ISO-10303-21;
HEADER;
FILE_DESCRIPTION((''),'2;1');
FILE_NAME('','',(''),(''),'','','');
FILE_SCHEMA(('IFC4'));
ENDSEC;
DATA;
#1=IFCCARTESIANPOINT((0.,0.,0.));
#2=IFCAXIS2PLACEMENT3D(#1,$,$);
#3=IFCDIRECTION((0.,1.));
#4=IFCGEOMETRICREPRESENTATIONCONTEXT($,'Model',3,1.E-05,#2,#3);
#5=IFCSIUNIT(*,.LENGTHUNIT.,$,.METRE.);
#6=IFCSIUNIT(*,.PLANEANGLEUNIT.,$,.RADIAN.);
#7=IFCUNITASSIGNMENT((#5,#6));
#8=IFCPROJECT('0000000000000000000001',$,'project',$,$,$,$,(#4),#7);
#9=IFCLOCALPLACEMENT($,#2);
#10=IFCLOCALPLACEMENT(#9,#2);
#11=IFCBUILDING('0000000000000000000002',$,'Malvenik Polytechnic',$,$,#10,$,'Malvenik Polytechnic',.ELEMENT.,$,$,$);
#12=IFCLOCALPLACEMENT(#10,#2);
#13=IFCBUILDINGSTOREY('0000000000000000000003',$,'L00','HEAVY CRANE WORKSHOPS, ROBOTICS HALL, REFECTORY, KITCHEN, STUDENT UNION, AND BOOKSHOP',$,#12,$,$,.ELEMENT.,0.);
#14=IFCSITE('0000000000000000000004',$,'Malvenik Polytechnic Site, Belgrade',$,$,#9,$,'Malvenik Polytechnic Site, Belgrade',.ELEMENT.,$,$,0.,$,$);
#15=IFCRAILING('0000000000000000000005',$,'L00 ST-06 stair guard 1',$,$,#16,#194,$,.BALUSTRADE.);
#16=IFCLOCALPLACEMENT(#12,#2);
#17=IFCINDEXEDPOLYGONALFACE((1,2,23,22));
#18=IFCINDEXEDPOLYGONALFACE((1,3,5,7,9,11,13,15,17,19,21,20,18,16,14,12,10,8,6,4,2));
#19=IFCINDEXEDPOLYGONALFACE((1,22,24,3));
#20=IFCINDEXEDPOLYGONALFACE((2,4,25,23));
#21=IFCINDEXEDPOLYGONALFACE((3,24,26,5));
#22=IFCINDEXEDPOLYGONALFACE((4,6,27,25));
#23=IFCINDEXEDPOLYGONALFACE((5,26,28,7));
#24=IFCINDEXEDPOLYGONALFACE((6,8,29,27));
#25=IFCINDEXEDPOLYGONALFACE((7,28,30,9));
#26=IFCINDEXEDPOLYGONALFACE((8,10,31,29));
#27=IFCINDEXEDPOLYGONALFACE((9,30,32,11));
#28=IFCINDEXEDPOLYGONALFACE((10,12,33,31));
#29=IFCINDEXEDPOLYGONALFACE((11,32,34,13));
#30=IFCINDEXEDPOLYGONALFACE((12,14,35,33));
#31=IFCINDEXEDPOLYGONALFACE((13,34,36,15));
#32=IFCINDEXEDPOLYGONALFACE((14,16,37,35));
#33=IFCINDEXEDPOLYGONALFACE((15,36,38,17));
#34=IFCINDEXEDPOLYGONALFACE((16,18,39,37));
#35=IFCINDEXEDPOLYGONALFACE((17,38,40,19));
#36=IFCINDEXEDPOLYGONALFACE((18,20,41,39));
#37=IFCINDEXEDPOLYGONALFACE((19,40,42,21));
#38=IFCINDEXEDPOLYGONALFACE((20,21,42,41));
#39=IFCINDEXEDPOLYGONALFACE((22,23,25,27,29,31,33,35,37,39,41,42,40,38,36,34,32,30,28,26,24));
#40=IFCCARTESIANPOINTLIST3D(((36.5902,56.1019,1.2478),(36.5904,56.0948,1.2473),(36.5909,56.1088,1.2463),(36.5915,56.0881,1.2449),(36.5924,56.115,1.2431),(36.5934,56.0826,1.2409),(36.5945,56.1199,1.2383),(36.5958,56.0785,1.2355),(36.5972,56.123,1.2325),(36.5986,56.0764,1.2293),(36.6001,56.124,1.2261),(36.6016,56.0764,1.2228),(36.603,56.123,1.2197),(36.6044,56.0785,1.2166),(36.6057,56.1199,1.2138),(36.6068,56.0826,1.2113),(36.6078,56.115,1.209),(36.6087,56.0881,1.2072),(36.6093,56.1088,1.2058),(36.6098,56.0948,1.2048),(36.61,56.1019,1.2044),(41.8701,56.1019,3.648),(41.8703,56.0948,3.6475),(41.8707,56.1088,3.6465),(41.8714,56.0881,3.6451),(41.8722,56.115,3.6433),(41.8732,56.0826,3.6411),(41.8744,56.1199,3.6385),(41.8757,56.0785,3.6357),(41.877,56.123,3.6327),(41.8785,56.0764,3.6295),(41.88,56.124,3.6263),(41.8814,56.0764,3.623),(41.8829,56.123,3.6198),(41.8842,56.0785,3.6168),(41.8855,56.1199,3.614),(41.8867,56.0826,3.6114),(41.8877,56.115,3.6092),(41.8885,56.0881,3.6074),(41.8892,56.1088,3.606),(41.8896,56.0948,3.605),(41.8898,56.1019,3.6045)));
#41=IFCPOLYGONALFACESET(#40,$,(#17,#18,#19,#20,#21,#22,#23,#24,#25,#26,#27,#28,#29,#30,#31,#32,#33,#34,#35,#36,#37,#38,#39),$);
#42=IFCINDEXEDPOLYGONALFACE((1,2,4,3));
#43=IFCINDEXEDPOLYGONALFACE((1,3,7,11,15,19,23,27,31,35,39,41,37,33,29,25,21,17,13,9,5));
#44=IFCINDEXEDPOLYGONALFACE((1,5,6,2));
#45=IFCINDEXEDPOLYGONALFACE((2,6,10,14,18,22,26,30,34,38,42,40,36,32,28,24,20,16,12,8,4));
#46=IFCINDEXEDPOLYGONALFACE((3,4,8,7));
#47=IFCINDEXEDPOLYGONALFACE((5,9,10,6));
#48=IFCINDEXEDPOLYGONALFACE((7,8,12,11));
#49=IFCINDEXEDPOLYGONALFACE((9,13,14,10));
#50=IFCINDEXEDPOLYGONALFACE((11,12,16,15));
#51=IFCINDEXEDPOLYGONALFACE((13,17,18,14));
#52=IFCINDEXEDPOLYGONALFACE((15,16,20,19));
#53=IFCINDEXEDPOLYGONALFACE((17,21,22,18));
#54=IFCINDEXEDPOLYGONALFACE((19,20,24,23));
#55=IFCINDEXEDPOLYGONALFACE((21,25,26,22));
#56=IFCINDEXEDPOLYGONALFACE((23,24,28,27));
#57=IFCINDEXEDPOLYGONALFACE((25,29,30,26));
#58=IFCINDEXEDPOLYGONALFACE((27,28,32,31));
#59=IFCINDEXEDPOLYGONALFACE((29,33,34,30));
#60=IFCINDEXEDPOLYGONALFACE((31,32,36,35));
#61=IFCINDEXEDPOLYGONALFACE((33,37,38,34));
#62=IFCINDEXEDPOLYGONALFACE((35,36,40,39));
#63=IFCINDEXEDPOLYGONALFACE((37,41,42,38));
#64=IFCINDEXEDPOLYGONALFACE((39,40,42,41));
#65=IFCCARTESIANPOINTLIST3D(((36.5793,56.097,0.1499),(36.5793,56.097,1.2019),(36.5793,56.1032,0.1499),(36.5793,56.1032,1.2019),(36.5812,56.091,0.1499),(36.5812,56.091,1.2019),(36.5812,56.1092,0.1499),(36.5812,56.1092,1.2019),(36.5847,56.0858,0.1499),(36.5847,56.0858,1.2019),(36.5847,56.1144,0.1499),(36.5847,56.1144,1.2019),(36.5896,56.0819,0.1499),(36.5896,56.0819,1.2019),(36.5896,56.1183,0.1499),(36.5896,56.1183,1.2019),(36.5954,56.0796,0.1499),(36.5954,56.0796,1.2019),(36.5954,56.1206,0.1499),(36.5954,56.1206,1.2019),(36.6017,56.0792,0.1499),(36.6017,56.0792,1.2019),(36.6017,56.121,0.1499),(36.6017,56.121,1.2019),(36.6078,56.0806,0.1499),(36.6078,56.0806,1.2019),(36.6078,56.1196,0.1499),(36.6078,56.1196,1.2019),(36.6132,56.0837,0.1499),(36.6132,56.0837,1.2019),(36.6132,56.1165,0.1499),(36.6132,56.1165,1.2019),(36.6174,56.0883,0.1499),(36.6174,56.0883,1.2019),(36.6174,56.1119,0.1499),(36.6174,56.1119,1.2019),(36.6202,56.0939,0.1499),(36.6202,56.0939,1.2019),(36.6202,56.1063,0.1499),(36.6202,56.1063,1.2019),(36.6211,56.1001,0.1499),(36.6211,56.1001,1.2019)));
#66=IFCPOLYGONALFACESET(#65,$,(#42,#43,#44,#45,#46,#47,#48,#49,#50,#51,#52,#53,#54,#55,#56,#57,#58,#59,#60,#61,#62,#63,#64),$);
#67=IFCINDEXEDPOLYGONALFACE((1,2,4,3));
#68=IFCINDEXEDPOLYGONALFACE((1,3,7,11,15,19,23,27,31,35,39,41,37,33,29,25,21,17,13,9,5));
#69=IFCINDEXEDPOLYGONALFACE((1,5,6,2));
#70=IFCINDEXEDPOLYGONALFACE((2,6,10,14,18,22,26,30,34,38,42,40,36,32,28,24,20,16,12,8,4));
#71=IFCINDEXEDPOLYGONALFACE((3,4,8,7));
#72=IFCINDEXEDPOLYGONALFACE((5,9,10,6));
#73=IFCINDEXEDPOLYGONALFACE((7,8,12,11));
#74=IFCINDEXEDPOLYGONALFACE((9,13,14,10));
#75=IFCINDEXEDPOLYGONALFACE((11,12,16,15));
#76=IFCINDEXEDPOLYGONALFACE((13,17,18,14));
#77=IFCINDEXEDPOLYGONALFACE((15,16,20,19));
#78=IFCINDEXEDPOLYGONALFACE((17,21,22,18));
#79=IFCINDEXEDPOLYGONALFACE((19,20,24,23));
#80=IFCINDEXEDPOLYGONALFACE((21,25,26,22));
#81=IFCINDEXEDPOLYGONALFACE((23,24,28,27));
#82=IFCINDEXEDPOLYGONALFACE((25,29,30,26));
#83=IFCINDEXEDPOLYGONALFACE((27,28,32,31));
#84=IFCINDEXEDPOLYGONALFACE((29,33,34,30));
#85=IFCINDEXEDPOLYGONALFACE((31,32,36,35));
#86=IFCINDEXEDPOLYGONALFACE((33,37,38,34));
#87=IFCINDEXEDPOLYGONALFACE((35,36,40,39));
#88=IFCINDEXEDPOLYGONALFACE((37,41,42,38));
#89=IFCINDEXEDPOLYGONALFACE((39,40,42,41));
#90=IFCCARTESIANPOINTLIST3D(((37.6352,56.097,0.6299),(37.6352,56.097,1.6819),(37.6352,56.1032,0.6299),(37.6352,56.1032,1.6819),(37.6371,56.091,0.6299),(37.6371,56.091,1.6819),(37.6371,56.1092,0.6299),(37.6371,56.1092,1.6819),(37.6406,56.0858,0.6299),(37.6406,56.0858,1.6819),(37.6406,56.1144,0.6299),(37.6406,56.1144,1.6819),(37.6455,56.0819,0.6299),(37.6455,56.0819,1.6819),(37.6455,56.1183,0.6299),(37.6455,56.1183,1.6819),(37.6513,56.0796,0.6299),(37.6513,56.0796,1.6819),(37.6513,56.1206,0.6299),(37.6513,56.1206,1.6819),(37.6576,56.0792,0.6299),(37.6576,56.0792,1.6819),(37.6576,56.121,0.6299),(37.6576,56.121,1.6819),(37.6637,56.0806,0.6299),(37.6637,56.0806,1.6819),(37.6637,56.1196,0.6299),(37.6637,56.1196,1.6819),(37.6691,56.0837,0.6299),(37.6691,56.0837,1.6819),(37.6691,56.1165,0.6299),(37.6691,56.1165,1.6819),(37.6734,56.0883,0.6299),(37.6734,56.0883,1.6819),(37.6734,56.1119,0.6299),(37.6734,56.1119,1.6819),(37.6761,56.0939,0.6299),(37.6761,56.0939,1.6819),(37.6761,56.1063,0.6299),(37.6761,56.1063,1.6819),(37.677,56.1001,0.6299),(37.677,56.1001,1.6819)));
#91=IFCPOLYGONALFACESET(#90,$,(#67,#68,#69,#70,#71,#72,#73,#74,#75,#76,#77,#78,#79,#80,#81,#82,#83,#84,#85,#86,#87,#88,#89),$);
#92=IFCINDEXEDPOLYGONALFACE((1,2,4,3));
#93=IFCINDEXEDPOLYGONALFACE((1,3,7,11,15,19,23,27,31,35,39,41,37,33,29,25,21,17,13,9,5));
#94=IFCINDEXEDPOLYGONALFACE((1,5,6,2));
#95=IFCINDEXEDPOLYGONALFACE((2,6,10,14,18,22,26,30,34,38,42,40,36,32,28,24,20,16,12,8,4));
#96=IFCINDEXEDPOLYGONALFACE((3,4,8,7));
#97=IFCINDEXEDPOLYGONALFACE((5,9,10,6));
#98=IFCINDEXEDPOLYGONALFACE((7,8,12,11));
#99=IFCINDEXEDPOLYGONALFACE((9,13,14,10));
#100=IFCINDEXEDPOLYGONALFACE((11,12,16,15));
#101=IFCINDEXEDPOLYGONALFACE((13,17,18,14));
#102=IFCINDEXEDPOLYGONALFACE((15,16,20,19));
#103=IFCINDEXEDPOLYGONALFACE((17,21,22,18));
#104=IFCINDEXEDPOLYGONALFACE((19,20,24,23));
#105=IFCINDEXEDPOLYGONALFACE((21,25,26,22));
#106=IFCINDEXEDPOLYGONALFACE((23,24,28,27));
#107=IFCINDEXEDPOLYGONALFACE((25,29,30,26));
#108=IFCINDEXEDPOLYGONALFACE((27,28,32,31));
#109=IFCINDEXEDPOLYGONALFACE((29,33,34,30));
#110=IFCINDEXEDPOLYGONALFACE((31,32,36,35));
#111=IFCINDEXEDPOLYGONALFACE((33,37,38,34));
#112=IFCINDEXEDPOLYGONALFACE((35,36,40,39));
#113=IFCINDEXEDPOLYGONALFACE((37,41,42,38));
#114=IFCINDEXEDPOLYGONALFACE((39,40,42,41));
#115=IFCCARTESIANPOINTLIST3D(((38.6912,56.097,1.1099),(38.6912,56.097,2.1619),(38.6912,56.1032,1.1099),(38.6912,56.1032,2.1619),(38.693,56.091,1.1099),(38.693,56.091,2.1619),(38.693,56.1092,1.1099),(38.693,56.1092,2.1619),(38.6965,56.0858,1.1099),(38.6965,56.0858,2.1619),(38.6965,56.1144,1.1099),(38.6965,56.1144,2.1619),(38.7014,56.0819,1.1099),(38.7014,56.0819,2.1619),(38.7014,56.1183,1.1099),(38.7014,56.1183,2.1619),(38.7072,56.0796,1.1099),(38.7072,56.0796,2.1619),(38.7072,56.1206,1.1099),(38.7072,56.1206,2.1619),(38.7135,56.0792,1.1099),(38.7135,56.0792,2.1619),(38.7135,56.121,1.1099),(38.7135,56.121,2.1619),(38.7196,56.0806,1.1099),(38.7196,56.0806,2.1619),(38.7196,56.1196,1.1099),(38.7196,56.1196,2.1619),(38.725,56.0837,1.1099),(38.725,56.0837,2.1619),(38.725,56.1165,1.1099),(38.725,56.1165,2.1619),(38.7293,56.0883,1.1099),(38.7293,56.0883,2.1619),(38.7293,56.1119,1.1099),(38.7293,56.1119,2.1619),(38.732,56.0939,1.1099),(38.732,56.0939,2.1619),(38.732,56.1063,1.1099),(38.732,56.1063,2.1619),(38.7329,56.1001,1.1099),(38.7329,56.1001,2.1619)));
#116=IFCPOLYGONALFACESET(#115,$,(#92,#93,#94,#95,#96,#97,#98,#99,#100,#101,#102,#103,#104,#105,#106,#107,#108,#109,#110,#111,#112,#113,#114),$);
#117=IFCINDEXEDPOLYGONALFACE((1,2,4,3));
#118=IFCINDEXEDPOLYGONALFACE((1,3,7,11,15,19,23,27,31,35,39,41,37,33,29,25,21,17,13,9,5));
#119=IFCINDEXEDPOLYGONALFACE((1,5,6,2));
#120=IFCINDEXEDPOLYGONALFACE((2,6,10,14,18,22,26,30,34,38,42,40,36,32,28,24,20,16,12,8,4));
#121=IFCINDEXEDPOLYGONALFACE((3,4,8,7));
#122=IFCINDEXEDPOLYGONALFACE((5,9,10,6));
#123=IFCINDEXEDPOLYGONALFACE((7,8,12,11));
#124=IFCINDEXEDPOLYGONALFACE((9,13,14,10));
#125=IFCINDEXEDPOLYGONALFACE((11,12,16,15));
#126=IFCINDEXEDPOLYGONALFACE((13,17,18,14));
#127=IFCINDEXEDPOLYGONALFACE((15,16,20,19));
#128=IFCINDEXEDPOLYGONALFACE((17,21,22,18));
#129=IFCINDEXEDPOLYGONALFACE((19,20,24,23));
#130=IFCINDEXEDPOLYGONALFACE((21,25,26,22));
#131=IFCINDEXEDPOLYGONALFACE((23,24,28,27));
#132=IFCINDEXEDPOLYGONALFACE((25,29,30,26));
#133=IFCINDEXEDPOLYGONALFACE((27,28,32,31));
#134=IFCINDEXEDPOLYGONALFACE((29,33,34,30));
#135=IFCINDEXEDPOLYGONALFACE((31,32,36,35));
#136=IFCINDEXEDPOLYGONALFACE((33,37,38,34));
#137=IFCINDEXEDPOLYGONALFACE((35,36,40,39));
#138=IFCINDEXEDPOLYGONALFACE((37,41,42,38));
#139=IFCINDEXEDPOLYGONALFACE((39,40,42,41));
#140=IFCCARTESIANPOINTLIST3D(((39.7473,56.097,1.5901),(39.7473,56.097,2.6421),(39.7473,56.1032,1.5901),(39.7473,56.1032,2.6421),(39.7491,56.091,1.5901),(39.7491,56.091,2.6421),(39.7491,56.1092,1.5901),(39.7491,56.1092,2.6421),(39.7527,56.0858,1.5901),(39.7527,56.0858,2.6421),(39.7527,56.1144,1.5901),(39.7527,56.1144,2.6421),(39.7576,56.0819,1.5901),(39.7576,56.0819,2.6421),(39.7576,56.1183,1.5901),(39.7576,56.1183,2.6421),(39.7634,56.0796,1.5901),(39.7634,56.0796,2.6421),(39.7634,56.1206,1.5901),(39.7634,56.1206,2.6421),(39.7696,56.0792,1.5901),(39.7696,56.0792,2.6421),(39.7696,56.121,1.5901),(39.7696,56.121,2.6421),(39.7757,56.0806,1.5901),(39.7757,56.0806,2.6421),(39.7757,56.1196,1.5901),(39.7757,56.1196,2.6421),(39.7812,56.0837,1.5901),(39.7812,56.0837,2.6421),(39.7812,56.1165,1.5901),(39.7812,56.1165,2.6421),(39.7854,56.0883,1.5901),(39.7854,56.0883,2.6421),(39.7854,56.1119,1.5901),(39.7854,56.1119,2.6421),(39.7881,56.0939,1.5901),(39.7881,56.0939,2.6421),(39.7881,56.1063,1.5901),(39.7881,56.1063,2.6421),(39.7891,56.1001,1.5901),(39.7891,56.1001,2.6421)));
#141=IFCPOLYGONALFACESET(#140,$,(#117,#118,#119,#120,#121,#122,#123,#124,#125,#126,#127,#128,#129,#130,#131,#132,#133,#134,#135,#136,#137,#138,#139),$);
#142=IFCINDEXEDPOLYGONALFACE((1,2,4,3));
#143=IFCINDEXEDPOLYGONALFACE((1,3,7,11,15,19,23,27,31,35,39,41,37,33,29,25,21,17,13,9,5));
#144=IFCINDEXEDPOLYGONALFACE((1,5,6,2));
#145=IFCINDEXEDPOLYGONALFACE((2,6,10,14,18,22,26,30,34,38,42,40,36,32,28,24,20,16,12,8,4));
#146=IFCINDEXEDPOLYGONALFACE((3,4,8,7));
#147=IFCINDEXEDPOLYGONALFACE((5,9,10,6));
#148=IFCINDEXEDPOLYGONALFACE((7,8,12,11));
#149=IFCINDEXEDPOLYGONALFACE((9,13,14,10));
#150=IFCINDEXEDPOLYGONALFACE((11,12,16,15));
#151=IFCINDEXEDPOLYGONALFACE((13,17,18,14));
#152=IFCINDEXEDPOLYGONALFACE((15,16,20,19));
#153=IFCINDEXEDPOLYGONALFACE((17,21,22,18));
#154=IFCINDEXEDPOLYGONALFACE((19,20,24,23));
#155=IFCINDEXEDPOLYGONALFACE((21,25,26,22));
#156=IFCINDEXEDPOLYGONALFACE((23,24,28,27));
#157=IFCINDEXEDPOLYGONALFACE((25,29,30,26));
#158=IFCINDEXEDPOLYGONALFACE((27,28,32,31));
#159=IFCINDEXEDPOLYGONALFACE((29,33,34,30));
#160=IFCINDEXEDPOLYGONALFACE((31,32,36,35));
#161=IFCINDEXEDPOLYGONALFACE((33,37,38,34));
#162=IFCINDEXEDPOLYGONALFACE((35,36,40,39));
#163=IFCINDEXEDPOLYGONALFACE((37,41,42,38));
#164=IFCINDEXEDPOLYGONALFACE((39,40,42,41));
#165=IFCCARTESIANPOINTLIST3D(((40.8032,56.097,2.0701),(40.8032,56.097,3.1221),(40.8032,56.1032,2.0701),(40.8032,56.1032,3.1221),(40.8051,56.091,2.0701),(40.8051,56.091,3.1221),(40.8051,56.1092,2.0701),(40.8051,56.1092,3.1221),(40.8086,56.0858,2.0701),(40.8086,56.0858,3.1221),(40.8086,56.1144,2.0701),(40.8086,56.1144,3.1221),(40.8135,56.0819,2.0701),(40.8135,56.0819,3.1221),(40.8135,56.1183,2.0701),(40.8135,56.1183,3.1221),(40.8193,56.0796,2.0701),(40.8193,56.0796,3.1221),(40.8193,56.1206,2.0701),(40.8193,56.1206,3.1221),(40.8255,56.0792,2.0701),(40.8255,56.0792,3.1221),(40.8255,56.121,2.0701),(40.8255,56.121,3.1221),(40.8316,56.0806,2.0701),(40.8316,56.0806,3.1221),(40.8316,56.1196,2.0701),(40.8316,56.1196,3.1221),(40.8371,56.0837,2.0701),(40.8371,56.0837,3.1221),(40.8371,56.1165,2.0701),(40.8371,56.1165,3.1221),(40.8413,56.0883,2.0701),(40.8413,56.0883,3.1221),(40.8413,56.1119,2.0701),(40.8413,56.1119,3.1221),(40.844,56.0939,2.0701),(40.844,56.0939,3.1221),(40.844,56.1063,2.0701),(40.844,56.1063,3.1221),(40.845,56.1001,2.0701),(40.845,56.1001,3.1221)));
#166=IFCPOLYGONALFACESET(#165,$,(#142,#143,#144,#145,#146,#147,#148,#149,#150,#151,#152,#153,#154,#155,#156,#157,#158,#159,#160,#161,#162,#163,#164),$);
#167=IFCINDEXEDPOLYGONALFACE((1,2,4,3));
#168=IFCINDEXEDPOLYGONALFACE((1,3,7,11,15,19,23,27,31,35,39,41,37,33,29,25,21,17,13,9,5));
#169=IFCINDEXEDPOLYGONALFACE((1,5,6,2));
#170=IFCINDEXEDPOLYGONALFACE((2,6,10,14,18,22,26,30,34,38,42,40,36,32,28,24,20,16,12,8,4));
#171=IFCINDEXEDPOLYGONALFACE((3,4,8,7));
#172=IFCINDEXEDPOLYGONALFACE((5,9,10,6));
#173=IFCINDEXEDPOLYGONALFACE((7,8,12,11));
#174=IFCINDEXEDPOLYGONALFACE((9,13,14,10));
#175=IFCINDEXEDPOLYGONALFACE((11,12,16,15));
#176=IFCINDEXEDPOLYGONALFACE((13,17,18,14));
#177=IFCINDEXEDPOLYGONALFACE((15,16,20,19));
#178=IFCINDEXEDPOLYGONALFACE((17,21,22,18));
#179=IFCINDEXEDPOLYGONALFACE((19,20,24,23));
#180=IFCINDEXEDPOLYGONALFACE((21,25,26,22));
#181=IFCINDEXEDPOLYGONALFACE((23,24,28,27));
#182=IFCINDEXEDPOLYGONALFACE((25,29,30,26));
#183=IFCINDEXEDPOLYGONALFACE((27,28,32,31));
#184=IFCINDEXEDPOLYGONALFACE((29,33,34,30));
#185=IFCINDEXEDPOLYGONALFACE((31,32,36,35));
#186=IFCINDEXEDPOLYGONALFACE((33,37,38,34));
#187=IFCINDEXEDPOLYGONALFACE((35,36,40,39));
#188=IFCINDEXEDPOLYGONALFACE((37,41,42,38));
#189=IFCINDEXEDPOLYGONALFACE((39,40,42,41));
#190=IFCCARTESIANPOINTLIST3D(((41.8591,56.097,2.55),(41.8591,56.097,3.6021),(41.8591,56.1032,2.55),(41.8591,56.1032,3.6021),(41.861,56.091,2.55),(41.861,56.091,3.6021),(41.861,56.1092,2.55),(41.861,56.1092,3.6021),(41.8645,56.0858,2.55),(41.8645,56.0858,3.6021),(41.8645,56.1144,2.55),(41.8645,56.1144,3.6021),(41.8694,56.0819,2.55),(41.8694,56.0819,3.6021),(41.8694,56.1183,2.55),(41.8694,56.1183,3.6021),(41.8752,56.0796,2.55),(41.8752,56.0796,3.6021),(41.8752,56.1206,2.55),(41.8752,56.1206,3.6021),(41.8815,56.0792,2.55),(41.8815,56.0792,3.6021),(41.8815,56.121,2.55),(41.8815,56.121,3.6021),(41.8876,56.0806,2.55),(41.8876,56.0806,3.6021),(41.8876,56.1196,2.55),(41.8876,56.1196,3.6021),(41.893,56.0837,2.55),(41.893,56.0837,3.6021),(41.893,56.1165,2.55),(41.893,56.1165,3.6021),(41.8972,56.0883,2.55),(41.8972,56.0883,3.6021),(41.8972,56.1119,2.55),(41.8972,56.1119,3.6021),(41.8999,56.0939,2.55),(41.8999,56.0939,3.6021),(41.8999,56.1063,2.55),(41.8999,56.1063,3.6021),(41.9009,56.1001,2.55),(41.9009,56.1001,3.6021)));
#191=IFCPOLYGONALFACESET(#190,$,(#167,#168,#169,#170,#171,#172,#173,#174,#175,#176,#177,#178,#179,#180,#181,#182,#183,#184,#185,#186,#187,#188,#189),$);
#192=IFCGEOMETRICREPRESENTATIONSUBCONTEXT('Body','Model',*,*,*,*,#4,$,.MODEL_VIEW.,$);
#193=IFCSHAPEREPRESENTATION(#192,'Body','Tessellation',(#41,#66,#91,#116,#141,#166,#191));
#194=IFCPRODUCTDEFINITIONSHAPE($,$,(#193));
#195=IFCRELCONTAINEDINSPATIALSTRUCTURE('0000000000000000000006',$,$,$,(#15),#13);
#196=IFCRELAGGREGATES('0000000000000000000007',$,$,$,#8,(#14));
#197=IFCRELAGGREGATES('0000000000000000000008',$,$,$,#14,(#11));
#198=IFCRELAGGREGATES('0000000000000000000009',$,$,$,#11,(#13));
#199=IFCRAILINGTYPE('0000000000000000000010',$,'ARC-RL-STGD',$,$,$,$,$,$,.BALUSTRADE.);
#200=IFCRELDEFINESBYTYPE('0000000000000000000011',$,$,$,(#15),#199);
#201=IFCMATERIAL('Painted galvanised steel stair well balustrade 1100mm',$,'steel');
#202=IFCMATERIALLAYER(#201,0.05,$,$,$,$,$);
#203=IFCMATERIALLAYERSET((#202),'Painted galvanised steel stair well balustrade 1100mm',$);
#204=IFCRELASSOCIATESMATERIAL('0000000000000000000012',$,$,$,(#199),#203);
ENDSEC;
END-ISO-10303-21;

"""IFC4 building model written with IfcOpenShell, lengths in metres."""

from ifc_helpers import new_model, si_unit, direction, frame, origin, origin_2d, place, context, subcontext, project, spatial, circle, extrude, material, layer, layer_set, type_object, element, save


model = new_model("IFC4")

# Units and contexts
model_context = context("Model", 3, precision=1e-05, world=origin(), true_north=direction((0.0, 1.0)))
body_context = subcontext(model_context, "Body", "Model", "MODEL_VIEW")
ifc_project = project(units=[si_unit("LENGTHUNIT", "METRE"), si_unit("PLANEANGLEUNIT", "RADIAN")], contexts=[model_context])

# Site, building, storey
site_placement = place(None, origin())
site = spatial("IfcSite", under=ifc_project, at=site_placement, Name="Malvenik Polytechnic Site, Belgrade", LongName="Malvenik Polytechnic Site, Belgrade", CompositionType="ELEMENT", RefElevation=0.0)
building_placement = place(site_placement, origin())
building = spatial("IfcBuilding", under=site, at=building_placement, Name="Malvenik Polytechnic", LongName="Malvenik Polytechnic", CompositionType="ELEMENT")
storey_placement = place(building_placement, origin())
storey = spatial("IfcBuildingStorey", under=building, at=storey_placement, Name="L00", Description="HEAVY CRANE WORKSHOPS, ROBOTICS HALL, REFECTORY, KITCHEN, STUDENT UNION, AND BOOKSHOP", CompositionType="ELEMENT", Elevation=0.0)

# Railing
ifc_material_1 = material(Name="Painted galvanised steel stair well balustrade 1100mm", Category="steel")
ifc_layer_1 = layer(ifc_material_1, 0.05)
ifc_layer_set_1 = layer_set([ifc_layer_1], Name="Painted galvanised steel stair well balustrade 1100mm")
railing_type_1 = type_object("IfcRailingType", Name="ARC-RL-STGD", PredefinedType="BALUSTRADE", material=ifc_layer_set_1)
railing_1_placement = place(storey_placement, frame((36.6001, 56.1001, 0.1499)))
element("IfcRailing", 1, at=railing_1_placement, inside=storey, type_object=railing_type_1, Name="L00 ST-06 stair guard 1", PredefinedType="BALUSTRADE", context=body_context, shape_type="SweptSolid", body=[
    extrude(circle(Radius=0.0239, at=origin_2d()), frame((0.0, 0.0, 1.0762), z_axis=(0.910351, 0.0, 0.413838), x_axis=(0.0, 1.0, 0.0)), (0.0, 0.0, 1.0), 5.7998),
    extrude(circle(Radius=0.021, at=origin_2d()), origin(), (0.0, 0.0, 1.0), 1.052),
    extrude(circle(Radius=0.021, at=origin_2d()), frame((1.0559, 0.0, 0.48)), (0.0, 0.0, 1.0), 1.052),
    extrude(circle(Radius=0.021, at=origin_2d()), frame((2.1118, 0.0, 0.96)), (0.0, 0.0, 1.0), 1.052),
    extrude(circle(Radius=0.021, at=origin_2d()), frame((3.168, 0.0, 1.4402)), (0.0, 0.0, 1.0), 1.052),
    extrude(circle(Radius=0.021, at=origin_2d()), frame((4.2239, 0.0, 1.9202)), (0.0, 0.0, 1.0), 1.052),
    extrude(circle(Radius=0.021, at=origin_2d()), frame((5.2798, 0.0, 2.4001)), (0.0, 0.0, 1.0), 1.052),
])

save(model, "model.ifc")
